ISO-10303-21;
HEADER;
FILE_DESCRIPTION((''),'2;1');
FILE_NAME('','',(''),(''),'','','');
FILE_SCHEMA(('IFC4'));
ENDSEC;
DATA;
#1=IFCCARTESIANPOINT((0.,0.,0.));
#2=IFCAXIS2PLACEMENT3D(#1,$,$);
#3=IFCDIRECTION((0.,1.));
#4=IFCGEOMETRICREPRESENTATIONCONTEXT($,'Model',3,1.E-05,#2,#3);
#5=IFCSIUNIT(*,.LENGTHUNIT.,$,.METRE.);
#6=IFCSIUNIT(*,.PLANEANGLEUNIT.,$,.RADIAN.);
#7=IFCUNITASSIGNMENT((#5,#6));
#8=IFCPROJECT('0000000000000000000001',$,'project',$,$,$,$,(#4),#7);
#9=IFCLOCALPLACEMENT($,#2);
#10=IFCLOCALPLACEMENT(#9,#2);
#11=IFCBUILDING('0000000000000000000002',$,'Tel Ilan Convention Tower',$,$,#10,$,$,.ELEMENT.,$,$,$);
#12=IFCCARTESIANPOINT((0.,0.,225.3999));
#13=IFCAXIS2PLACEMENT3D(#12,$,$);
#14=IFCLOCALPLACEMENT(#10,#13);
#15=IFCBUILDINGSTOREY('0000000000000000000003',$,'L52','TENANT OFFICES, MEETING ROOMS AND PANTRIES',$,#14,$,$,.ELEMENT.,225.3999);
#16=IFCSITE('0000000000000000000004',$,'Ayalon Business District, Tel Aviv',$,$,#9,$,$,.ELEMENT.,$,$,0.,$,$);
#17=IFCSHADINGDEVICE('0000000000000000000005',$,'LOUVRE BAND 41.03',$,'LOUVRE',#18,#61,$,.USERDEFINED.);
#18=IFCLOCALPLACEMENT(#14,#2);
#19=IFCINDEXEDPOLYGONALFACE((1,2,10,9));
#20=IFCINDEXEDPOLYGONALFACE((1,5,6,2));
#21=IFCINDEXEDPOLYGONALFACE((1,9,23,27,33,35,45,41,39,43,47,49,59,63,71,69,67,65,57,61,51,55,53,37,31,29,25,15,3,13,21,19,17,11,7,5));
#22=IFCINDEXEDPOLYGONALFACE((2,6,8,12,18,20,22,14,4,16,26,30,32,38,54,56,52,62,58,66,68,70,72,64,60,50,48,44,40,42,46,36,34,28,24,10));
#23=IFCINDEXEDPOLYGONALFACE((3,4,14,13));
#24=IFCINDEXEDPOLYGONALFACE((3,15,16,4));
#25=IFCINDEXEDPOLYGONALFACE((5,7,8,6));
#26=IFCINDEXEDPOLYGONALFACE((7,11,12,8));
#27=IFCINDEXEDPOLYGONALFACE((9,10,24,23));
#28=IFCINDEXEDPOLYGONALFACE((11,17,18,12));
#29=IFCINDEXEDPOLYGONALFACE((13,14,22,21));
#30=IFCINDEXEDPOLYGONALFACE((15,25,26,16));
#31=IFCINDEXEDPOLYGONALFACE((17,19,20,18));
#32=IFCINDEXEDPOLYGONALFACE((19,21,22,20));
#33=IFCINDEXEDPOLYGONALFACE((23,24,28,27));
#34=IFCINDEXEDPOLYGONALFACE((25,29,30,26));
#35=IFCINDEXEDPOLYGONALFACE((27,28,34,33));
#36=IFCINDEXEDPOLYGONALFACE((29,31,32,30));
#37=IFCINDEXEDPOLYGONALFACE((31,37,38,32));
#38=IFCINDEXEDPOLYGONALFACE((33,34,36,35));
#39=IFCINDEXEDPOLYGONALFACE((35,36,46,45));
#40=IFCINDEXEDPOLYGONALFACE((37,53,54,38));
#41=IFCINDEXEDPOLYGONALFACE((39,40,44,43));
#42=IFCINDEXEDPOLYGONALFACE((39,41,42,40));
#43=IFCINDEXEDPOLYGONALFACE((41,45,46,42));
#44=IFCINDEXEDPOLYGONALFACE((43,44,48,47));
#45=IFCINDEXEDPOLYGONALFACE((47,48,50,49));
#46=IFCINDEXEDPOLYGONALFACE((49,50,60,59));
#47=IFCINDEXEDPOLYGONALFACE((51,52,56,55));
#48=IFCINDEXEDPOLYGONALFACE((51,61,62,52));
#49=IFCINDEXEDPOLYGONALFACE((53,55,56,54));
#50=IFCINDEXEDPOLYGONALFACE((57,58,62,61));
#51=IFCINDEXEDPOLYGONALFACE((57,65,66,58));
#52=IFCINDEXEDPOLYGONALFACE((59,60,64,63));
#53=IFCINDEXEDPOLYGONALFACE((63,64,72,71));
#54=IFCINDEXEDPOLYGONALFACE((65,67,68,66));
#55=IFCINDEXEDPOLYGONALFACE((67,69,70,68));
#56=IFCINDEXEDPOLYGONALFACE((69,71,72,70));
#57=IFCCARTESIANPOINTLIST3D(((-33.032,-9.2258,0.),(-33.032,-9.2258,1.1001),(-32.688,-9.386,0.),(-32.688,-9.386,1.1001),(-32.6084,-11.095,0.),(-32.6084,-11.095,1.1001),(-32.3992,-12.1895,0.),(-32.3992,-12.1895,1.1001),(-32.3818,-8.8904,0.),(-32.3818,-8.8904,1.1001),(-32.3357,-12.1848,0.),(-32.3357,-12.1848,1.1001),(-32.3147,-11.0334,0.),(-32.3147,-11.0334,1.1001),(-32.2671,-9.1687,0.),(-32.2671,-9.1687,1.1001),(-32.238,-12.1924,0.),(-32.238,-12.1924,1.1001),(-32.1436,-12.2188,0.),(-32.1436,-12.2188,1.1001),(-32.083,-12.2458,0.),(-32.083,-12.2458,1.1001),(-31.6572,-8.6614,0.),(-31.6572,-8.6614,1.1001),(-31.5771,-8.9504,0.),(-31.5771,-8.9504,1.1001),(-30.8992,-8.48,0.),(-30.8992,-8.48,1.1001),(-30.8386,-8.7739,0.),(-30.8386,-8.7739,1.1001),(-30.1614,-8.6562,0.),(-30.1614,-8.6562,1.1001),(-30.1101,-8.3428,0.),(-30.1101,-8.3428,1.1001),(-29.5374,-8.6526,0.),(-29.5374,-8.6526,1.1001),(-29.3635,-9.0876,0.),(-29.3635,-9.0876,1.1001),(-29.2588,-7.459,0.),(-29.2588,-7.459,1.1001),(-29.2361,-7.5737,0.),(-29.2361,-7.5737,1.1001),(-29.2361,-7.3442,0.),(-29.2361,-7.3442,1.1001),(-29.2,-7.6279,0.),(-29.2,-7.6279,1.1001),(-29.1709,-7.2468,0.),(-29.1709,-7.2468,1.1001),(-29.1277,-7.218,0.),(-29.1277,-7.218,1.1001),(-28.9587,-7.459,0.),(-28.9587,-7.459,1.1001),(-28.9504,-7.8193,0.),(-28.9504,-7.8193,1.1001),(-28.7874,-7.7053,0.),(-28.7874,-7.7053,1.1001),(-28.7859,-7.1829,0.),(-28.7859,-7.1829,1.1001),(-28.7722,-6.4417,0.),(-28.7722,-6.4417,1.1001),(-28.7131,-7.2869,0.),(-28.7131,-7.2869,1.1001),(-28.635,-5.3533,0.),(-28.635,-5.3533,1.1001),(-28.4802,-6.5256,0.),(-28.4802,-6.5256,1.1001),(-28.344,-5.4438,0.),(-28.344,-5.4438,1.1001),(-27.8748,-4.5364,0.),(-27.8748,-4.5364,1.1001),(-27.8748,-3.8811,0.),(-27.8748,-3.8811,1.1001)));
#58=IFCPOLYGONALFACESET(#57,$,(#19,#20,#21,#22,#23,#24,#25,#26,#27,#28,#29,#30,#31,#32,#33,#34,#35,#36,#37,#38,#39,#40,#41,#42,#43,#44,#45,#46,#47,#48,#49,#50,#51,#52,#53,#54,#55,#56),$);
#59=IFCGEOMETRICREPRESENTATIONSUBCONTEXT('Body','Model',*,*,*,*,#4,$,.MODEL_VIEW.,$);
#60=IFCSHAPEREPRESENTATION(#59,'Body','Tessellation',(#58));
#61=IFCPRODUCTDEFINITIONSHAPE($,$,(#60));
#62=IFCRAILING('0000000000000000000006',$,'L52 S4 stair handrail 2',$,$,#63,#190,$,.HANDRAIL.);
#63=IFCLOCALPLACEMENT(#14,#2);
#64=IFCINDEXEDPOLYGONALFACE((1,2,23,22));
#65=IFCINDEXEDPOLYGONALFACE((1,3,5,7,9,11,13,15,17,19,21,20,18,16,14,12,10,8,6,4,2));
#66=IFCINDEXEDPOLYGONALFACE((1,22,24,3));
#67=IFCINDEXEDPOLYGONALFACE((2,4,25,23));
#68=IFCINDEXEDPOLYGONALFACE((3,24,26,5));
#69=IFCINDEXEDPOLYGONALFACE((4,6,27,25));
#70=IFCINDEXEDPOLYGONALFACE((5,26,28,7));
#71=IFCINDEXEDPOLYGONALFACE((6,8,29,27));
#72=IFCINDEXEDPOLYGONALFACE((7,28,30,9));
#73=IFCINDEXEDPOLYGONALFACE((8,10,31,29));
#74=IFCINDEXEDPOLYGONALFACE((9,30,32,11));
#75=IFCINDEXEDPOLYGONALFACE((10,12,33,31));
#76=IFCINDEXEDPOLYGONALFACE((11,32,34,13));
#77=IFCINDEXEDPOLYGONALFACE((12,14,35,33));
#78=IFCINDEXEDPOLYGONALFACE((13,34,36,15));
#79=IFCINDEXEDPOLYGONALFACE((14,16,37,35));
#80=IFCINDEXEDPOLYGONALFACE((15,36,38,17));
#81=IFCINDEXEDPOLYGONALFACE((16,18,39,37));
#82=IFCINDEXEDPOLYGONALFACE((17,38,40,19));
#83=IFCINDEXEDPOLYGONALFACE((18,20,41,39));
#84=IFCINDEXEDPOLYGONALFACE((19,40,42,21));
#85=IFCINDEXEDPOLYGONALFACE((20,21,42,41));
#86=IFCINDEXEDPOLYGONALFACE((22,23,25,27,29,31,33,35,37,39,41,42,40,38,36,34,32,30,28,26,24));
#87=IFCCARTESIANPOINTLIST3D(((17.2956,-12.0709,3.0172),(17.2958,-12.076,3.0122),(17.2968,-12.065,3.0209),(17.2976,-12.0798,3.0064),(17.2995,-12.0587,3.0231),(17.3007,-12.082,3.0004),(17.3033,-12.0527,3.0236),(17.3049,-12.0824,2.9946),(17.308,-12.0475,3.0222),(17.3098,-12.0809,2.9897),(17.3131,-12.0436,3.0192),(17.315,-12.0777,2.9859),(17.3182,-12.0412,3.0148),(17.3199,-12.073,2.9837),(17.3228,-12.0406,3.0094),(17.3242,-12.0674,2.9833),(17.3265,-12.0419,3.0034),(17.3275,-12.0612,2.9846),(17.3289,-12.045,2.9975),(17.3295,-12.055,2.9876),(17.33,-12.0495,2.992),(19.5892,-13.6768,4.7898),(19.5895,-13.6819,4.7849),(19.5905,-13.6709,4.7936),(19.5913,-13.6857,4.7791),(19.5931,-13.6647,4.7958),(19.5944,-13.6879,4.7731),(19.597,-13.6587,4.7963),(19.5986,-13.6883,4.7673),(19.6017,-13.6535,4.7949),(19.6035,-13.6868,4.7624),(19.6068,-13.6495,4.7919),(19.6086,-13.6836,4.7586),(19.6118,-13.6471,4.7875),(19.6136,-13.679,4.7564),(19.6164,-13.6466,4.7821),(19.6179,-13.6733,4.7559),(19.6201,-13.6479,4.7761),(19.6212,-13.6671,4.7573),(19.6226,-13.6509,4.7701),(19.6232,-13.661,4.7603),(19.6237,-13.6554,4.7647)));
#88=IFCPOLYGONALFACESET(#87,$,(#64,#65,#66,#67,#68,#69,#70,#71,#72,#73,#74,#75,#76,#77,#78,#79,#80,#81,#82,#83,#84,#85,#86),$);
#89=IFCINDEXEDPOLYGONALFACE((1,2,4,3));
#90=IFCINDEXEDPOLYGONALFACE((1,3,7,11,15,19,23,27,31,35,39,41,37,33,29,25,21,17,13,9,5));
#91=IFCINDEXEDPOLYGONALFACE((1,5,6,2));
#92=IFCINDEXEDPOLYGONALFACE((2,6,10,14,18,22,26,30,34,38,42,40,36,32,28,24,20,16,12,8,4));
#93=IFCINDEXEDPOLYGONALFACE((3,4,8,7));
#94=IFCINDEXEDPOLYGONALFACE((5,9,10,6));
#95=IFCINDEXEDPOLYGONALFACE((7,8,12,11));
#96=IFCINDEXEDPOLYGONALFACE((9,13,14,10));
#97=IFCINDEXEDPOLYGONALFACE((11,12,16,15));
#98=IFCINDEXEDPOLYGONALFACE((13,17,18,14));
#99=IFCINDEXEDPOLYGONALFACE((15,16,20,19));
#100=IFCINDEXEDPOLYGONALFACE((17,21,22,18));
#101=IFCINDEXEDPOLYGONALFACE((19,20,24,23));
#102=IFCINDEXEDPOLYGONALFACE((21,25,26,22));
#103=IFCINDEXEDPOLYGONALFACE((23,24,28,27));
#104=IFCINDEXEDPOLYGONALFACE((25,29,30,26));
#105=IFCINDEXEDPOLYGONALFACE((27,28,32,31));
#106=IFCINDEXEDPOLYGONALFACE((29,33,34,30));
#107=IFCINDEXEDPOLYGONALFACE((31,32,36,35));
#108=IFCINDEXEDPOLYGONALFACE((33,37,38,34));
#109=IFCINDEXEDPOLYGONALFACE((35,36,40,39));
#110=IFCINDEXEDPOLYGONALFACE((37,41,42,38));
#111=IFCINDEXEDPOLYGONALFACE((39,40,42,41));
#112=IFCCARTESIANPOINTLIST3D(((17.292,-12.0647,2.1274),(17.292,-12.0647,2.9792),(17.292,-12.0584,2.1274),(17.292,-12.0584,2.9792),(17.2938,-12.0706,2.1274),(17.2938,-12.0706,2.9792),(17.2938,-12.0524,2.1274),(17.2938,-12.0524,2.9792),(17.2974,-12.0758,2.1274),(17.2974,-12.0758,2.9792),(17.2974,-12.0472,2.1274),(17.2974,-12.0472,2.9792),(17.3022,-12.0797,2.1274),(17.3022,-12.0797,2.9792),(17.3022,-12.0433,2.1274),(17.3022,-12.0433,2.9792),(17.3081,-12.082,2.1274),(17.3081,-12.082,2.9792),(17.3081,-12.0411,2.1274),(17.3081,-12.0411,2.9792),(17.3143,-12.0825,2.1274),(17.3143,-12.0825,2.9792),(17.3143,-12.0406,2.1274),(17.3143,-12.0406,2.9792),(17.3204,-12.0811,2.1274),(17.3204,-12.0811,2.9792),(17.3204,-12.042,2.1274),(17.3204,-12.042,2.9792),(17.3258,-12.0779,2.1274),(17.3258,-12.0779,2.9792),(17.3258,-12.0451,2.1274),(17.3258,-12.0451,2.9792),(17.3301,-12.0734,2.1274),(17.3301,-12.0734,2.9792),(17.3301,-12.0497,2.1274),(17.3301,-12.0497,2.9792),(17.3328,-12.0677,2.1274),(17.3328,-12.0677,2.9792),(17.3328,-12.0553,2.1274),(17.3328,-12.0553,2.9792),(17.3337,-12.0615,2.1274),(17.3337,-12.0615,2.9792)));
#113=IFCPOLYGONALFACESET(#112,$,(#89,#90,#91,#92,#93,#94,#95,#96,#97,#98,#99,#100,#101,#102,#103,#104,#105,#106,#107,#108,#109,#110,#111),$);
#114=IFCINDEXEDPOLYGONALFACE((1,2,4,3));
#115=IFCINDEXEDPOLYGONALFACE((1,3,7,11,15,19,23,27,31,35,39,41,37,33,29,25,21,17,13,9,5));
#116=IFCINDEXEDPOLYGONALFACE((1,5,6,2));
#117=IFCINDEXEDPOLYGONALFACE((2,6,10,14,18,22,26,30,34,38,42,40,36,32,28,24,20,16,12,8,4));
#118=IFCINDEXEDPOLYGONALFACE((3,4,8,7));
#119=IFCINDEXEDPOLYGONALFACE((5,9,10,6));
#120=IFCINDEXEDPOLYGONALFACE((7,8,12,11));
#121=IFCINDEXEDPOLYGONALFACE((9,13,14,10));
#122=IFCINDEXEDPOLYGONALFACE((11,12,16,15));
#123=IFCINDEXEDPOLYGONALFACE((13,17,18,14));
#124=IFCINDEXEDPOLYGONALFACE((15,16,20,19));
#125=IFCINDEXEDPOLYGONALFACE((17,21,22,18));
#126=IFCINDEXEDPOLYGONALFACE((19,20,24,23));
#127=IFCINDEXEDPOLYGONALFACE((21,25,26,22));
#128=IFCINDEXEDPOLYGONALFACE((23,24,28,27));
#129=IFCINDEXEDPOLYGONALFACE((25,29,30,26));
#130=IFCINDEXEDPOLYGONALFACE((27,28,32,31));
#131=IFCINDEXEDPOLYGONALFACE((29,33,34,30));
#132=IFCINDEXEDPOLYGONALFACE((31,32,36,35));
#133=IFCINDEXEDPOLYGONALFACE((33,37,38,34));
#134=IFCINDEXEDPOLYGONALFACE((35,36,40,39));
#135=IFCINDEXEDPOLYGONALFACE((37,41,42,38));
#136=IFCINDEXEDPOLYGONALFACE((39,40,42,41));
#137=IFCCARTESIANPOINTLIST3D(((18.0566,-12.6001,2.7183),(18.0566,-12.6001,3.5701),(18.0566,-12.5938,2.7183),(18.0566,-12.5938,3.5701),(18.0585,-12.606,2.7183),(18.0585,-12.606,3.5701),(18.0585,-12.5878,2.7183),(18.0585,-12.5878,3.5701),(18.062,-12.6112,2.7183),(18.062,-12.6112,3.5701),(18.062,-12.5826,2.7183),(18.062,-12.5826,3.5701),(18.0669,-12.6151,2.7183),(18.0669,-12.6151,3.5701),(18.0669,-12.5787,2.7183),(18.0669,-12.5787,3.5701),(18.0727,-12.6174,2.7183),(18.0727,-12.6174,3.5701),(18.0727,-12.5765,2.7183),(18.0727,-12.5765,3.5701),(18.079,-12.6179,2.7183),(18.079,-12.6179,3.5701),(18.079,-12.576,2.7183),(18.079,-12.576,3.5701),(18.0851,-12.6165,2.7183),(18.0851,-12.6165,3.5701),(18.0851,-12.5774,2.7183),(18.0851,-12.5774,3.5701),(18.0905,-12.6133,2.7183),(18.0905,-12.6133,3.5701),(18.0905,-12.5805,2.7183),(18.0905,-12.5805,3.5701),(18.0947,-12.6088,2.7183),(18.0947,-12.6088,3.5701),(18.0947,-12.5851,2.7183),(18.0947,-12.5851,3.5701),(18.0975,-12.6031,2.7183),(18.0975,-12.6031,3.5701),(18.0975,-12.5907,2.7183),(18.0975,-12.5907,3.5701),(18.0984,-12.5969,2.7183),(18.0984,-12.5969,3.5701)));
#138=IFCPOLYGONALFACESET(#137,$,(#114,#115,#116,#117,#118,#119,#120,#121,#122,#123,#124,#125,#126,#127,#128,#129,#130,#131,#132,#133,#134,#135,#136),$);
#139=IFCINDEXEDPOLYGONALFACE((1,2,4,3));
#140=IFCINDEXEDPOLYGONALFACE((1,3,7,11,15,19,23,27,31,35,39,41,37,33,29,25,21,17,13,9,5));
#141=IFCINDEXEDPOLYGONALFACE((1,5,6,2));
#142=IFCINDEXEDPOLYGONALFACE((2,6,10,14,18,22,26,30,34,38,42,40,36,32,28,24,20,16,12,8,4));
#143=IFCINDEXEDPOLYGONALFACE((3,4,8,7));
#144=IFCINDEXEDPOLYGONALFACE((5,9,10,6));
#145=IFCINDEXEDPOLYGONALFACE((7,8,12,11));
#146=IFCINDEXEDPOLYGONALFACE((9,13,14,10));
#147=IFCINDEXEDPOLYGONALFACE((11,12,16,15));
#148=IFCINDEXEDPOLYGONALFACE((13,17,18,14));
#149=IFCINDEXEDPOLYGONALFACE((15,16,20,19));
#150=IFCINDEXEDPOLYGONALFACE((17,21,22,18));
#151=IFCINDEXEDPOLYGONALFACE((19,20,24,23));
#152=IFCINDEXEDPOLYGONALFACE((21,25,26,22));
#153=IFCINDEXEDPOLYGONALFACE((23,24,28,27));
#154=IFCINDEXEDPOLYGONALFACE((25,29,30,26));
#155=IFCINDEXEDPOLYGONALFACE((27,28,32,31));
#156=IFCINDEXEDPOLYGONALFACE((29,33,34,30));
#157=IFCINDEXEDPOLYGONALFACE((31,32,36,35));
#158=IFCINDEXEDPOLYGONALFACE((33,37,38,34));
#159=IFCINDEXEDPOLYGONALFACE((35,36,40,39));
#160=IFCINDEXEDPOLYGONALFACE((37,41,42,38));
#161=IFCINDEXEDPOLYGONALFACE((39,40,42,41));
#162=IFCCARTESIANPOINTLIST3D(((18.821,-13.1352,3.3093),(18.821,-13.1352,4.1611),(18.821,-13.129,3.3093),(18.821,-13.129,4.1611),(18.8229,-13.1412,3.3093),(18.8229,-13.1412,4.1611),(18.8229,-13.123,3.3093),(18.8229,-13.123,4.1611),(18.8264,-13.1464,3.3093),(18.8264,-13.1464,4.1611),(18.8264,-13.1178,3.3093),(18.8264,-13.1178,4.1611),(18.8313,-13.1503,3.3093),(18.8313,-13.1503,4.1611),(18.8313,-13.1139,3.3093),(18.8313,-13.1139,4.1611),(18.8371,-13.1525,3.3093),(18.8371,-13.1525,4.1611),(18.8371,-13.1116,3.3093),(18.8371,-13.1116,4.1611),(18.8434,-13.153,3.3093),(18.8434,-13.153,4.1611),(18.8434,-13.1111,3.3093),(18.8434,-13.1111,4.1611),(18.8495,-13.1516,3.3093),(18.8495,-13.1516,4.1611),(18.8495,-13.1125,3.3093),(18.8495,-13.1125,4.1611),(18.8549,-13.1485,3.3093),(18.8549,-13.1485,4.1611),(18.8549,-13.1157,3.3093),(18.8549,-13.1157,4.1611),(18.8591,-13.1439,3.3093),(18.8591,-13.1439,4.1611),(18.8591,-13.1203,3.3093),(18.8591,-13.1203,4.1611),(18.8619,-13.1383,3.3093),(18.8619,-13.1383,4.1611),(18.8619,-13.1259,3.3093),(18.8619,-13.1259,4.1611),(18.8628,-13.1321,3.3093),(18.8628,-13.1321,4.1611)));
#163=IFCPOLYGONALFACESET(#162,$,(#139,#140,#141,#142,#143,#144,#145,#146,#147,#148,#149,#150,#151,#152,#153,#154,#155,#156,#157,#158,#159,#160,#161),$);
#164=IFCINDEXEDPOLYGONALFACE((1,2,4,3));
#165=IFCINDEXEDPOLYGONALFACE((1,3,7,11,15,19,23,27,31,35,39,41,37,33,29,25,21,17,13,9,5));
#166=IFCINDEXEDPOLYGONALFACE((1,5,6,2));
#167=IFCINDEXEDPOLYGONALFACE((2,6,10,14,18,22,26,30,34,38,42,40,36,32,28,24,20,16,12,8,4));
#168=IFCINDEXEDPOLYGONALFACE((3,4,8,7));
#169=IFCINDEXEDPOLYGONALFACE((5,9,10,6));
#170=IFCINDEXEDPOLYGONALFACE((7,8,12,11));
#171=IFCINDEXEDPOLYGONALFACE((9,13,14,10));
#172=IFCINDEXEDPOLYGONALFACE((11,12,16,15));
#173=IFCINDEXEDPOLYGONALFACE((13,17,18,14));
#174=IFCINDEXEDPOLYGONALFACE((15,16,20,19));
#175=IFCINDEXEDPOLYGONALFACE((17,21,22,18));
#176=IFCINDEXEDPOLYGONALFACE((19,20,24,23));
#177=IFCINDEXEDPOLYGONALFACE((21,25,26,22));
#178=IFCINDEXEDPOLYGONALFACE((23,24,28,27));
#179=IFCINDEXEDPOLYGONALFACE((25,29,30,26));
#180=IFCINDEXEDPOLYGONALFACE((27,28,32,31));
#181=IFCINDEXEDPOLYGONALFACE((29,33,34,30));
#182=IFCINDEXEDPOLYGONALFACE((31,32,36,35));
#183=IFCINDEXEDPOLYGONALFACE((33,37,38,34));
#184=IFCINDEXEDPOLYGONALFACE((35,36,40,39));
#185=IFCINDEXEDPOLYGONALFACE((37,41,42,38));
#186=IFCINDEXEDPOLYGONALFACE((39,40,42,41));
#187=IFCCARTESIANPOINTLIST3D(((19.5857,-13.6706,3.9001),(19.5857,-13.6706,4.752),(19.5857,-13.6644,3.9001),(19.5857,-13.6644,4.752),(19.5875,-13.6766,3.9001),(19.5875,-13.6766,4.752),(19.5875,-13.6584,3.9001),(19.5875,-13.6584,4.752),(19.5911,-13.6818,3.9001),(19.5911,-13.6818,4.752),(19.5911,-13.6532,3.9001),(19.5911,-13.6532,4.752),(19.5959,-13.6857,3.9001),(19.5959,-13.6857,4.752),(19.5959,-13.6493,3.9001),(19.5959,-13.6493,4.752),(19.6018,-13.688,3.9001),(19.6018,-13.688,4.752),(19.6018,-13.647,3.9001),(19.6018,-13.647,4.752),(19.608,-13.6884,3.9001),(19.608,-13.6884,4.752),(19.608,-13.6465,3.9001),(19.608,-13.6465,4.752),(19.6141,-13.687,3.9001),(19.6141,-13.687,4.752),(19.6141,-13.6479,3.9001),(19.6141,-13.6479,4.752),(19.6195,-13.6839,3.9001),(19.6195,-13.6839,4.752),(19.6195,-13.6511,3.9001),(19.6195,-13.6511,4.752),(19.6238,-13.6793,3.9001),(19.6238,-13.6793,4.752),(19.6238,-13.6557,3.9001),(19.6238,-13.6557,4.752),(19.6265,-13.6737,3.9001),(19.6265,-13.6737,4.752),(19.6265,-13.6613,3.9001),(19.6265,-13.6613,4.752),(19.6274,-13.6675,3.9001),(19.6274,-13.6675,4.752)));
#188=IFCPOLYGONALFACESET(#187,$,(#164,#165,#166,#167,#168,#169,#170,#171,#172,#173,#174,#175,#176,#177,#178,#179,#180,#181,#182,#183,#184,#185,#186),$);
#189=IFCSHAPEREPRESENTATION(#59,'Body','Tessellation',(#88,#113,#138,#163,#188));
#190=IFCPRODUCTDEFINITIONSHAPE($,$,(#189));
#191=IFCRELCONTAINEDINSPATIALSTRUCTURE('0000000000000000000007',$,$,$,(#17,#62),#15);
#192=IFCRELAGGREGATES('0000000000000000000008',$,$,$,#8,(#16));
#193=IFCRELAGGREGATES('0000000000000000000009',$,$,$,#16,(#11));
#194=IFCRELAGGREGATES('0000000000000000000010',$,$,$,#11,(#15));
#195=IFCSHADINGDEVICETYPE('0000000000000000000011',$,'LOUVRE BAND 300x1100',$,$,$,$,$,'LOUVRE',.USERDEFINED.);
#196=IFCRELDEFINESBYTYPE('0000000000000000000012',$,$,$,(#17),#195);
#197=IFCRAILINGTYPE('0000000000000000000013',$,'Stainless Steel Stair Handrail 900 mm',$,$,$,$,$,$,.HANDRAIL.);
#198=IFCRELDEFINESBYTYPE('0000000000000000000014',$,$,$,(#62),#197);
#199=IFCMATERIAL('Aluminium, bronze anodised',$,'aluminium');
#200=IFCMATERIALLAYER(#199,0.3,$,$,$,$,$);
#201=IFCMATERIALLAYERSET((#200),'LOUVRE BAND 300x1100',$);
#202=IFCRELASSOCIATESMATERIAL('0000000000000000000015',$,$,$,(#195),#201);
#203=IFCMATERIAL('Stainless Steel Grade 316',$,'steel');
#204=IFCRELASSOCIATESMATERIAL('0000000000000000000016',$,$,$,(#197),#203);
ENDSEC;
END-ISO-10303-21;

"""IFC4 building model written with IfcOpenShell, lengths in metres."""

from ifc_helpers import new_model, si_unit, direction, frame, origin, origin_2d, place, context, subcontext, project, spatial, polyline, circle, outline, extrude, material, layer, layer_set, type_object, element, save


model = new_model("IFC4")

# Units and contexts
model_context = context("Model", 3, precision=1e-05, world=origin(), true_north=direction((0.0, 1.0)))
body_context = subcontext(model_context, "Body", "Model", "MODEL_VIEW")
ifc_project = project(units=[si_unit("LENGTHUNIT", "METRE"), si_unit("PLANEANGLEUNIT", "RADIAN")], contexts=[model_context])

# Site, building, storey
site_placement = place(None, origin())
site = spatial("IfcSite", under=ifc_project, at=site_placement, Name="Ayalon Business District, Tel Aviv", CompositionType="ELEMENT", RefElevation=0.0)
building_placement = place(site_placement, origin())
building = spatial("IfcBuilding", under=site, at=building_placement, Name="Tel Ilan Convention Tower", CompositionType="ELEMENT")
storey_placement = place(building_placement, frame((0.0, 0.0, 225.3999)))
storey = spatial("IfcBuildingStorey", under=building, at=storey_placement, Name="L52", Description="TENANT OFFICES, MEETING ROOMS AND PANTRIES", CompositionType="ELEMENT", Elevation=225.3999)

# Shading device
ifc_material_1 = material(Name="Aluminium, bronze anodised", Category="aluminium")
ifc_layer_1 = layer(ifc_material_1, 0.3)
ifc_layer_set_1 = layer_set([ifc_layer_1], Name="LOUVRE BAND 300x1100")
shading_device_type = type_object("IfcShadingDeviceType", Name="LOUVRE BAND 300x1100", ElementType="LOUVRE", PredefinedType="USERDEFINED", material=ifc_layer_set_1)
shading_device_1_placement = place(storey_placement, origin())
element("IfcShadingDevice", 1, at=shading_device_1_placement, inside=storey, type_object=shading_device_type, Name="LOUVRE BAND 41.03", ObjectType="LOUVRE", PredefinedType="USERDEFINED", context=body_context, shape_type="SweptSolid", body=[
    extrude(outline(polyline([(-33.032, -9.2258), (-32.6084, -11.095), (-32.3992, -12.1895), (-32.3357, -12.1848), (-32.238, -12.1924), (-32.1436, -12.2188), (-32.083, -12.2458), (-32.3147, -11.0334), (-32.688, -9.386), (-32.2671, -9.1687), (-31.5771, -8.9504), (-30.8386, -8.7739), (-30.1614, -8.6562), (-29.3635, -9.0876), (-28.9504, -7.8193), (-28.7874, -7.7053), (-28.9587, -7.459), (-28.7131, -7.2869), (-28.7859, -7.1829), (-28.4802, -6.5256), (-28.344, -5.4438), (-27.8748, -4.5364), (-27.8748, -3.8811), (-28.635, -5.3533), (-28.7722, -6.4417), (-29.1277, -7.218), (-29.1709, -7.2468), (-29.2361, -7.3442), (-29.2588, -7.459), (-29.2361, -7.5737), (-29.2, -7.6279), (-29.5374, -8.6526), (-30.1101, -8.3428), (-30.8992, -8.48), (-31.6572, -8.6614), (-32.3818, -8.8904), (-33.032, -9.2258)])), origin(), (0.0, 0.0, 1.0), 1.1001),
])

# Railing
ifc_material_2 = material(Name="Stainless Steel Grade 316", Category="steel")
railing_type = type_object("IfcRailingType", Name="Stainless Steel Stair Handrail 900 mm", PredefinedType="HANDRAIL", material=ifc_material_2)
railing_placement = place(storey_placement, frame((17.3127, -12.0615, 2.1274)))
element("IfcRailing", 2, at=railing_placement, inside=storey, type_object=railing_type, Name="L52 S4 stair handrail 2", PredefinedType="HANDRAIL", context=body_context, shape_type="SweptSolid", body=[
    extrude(circle(Radius=0.0239, at=origin_2d()), frame((0.0, 0.0, 0.876), z_axis=(0.692123, -0.484597, 0.534913), x_axis=(0.57355, 0.81917, 0.0)), (0.0, 0.0, 1.0), 3.314),
    extrude(circle(Radius=0.021, at=origin_2d()), origin(), (0.0, 0.0, 1.0), 0.8518),
    extrude(circle(Radius=0.021, at=origin_2d()), frame((0.7646, -0.5354, 0.5908)), (0.0, 0.0, 1.0), 0.8518),
    extrude(circle(Radius=0.021, at=origin_2d()), frame((1.5291, -1.0706, 1.1819)), (0.0, 0.0, 1.0), 0.8518),
    extrude(circle(Radius=0.021, at=origin_2d()), frame((2.2937, -1.606, 1.7727)), (0.0, 0.0, 1.0), 0.8518),
])

save(model, "model.ifc")
